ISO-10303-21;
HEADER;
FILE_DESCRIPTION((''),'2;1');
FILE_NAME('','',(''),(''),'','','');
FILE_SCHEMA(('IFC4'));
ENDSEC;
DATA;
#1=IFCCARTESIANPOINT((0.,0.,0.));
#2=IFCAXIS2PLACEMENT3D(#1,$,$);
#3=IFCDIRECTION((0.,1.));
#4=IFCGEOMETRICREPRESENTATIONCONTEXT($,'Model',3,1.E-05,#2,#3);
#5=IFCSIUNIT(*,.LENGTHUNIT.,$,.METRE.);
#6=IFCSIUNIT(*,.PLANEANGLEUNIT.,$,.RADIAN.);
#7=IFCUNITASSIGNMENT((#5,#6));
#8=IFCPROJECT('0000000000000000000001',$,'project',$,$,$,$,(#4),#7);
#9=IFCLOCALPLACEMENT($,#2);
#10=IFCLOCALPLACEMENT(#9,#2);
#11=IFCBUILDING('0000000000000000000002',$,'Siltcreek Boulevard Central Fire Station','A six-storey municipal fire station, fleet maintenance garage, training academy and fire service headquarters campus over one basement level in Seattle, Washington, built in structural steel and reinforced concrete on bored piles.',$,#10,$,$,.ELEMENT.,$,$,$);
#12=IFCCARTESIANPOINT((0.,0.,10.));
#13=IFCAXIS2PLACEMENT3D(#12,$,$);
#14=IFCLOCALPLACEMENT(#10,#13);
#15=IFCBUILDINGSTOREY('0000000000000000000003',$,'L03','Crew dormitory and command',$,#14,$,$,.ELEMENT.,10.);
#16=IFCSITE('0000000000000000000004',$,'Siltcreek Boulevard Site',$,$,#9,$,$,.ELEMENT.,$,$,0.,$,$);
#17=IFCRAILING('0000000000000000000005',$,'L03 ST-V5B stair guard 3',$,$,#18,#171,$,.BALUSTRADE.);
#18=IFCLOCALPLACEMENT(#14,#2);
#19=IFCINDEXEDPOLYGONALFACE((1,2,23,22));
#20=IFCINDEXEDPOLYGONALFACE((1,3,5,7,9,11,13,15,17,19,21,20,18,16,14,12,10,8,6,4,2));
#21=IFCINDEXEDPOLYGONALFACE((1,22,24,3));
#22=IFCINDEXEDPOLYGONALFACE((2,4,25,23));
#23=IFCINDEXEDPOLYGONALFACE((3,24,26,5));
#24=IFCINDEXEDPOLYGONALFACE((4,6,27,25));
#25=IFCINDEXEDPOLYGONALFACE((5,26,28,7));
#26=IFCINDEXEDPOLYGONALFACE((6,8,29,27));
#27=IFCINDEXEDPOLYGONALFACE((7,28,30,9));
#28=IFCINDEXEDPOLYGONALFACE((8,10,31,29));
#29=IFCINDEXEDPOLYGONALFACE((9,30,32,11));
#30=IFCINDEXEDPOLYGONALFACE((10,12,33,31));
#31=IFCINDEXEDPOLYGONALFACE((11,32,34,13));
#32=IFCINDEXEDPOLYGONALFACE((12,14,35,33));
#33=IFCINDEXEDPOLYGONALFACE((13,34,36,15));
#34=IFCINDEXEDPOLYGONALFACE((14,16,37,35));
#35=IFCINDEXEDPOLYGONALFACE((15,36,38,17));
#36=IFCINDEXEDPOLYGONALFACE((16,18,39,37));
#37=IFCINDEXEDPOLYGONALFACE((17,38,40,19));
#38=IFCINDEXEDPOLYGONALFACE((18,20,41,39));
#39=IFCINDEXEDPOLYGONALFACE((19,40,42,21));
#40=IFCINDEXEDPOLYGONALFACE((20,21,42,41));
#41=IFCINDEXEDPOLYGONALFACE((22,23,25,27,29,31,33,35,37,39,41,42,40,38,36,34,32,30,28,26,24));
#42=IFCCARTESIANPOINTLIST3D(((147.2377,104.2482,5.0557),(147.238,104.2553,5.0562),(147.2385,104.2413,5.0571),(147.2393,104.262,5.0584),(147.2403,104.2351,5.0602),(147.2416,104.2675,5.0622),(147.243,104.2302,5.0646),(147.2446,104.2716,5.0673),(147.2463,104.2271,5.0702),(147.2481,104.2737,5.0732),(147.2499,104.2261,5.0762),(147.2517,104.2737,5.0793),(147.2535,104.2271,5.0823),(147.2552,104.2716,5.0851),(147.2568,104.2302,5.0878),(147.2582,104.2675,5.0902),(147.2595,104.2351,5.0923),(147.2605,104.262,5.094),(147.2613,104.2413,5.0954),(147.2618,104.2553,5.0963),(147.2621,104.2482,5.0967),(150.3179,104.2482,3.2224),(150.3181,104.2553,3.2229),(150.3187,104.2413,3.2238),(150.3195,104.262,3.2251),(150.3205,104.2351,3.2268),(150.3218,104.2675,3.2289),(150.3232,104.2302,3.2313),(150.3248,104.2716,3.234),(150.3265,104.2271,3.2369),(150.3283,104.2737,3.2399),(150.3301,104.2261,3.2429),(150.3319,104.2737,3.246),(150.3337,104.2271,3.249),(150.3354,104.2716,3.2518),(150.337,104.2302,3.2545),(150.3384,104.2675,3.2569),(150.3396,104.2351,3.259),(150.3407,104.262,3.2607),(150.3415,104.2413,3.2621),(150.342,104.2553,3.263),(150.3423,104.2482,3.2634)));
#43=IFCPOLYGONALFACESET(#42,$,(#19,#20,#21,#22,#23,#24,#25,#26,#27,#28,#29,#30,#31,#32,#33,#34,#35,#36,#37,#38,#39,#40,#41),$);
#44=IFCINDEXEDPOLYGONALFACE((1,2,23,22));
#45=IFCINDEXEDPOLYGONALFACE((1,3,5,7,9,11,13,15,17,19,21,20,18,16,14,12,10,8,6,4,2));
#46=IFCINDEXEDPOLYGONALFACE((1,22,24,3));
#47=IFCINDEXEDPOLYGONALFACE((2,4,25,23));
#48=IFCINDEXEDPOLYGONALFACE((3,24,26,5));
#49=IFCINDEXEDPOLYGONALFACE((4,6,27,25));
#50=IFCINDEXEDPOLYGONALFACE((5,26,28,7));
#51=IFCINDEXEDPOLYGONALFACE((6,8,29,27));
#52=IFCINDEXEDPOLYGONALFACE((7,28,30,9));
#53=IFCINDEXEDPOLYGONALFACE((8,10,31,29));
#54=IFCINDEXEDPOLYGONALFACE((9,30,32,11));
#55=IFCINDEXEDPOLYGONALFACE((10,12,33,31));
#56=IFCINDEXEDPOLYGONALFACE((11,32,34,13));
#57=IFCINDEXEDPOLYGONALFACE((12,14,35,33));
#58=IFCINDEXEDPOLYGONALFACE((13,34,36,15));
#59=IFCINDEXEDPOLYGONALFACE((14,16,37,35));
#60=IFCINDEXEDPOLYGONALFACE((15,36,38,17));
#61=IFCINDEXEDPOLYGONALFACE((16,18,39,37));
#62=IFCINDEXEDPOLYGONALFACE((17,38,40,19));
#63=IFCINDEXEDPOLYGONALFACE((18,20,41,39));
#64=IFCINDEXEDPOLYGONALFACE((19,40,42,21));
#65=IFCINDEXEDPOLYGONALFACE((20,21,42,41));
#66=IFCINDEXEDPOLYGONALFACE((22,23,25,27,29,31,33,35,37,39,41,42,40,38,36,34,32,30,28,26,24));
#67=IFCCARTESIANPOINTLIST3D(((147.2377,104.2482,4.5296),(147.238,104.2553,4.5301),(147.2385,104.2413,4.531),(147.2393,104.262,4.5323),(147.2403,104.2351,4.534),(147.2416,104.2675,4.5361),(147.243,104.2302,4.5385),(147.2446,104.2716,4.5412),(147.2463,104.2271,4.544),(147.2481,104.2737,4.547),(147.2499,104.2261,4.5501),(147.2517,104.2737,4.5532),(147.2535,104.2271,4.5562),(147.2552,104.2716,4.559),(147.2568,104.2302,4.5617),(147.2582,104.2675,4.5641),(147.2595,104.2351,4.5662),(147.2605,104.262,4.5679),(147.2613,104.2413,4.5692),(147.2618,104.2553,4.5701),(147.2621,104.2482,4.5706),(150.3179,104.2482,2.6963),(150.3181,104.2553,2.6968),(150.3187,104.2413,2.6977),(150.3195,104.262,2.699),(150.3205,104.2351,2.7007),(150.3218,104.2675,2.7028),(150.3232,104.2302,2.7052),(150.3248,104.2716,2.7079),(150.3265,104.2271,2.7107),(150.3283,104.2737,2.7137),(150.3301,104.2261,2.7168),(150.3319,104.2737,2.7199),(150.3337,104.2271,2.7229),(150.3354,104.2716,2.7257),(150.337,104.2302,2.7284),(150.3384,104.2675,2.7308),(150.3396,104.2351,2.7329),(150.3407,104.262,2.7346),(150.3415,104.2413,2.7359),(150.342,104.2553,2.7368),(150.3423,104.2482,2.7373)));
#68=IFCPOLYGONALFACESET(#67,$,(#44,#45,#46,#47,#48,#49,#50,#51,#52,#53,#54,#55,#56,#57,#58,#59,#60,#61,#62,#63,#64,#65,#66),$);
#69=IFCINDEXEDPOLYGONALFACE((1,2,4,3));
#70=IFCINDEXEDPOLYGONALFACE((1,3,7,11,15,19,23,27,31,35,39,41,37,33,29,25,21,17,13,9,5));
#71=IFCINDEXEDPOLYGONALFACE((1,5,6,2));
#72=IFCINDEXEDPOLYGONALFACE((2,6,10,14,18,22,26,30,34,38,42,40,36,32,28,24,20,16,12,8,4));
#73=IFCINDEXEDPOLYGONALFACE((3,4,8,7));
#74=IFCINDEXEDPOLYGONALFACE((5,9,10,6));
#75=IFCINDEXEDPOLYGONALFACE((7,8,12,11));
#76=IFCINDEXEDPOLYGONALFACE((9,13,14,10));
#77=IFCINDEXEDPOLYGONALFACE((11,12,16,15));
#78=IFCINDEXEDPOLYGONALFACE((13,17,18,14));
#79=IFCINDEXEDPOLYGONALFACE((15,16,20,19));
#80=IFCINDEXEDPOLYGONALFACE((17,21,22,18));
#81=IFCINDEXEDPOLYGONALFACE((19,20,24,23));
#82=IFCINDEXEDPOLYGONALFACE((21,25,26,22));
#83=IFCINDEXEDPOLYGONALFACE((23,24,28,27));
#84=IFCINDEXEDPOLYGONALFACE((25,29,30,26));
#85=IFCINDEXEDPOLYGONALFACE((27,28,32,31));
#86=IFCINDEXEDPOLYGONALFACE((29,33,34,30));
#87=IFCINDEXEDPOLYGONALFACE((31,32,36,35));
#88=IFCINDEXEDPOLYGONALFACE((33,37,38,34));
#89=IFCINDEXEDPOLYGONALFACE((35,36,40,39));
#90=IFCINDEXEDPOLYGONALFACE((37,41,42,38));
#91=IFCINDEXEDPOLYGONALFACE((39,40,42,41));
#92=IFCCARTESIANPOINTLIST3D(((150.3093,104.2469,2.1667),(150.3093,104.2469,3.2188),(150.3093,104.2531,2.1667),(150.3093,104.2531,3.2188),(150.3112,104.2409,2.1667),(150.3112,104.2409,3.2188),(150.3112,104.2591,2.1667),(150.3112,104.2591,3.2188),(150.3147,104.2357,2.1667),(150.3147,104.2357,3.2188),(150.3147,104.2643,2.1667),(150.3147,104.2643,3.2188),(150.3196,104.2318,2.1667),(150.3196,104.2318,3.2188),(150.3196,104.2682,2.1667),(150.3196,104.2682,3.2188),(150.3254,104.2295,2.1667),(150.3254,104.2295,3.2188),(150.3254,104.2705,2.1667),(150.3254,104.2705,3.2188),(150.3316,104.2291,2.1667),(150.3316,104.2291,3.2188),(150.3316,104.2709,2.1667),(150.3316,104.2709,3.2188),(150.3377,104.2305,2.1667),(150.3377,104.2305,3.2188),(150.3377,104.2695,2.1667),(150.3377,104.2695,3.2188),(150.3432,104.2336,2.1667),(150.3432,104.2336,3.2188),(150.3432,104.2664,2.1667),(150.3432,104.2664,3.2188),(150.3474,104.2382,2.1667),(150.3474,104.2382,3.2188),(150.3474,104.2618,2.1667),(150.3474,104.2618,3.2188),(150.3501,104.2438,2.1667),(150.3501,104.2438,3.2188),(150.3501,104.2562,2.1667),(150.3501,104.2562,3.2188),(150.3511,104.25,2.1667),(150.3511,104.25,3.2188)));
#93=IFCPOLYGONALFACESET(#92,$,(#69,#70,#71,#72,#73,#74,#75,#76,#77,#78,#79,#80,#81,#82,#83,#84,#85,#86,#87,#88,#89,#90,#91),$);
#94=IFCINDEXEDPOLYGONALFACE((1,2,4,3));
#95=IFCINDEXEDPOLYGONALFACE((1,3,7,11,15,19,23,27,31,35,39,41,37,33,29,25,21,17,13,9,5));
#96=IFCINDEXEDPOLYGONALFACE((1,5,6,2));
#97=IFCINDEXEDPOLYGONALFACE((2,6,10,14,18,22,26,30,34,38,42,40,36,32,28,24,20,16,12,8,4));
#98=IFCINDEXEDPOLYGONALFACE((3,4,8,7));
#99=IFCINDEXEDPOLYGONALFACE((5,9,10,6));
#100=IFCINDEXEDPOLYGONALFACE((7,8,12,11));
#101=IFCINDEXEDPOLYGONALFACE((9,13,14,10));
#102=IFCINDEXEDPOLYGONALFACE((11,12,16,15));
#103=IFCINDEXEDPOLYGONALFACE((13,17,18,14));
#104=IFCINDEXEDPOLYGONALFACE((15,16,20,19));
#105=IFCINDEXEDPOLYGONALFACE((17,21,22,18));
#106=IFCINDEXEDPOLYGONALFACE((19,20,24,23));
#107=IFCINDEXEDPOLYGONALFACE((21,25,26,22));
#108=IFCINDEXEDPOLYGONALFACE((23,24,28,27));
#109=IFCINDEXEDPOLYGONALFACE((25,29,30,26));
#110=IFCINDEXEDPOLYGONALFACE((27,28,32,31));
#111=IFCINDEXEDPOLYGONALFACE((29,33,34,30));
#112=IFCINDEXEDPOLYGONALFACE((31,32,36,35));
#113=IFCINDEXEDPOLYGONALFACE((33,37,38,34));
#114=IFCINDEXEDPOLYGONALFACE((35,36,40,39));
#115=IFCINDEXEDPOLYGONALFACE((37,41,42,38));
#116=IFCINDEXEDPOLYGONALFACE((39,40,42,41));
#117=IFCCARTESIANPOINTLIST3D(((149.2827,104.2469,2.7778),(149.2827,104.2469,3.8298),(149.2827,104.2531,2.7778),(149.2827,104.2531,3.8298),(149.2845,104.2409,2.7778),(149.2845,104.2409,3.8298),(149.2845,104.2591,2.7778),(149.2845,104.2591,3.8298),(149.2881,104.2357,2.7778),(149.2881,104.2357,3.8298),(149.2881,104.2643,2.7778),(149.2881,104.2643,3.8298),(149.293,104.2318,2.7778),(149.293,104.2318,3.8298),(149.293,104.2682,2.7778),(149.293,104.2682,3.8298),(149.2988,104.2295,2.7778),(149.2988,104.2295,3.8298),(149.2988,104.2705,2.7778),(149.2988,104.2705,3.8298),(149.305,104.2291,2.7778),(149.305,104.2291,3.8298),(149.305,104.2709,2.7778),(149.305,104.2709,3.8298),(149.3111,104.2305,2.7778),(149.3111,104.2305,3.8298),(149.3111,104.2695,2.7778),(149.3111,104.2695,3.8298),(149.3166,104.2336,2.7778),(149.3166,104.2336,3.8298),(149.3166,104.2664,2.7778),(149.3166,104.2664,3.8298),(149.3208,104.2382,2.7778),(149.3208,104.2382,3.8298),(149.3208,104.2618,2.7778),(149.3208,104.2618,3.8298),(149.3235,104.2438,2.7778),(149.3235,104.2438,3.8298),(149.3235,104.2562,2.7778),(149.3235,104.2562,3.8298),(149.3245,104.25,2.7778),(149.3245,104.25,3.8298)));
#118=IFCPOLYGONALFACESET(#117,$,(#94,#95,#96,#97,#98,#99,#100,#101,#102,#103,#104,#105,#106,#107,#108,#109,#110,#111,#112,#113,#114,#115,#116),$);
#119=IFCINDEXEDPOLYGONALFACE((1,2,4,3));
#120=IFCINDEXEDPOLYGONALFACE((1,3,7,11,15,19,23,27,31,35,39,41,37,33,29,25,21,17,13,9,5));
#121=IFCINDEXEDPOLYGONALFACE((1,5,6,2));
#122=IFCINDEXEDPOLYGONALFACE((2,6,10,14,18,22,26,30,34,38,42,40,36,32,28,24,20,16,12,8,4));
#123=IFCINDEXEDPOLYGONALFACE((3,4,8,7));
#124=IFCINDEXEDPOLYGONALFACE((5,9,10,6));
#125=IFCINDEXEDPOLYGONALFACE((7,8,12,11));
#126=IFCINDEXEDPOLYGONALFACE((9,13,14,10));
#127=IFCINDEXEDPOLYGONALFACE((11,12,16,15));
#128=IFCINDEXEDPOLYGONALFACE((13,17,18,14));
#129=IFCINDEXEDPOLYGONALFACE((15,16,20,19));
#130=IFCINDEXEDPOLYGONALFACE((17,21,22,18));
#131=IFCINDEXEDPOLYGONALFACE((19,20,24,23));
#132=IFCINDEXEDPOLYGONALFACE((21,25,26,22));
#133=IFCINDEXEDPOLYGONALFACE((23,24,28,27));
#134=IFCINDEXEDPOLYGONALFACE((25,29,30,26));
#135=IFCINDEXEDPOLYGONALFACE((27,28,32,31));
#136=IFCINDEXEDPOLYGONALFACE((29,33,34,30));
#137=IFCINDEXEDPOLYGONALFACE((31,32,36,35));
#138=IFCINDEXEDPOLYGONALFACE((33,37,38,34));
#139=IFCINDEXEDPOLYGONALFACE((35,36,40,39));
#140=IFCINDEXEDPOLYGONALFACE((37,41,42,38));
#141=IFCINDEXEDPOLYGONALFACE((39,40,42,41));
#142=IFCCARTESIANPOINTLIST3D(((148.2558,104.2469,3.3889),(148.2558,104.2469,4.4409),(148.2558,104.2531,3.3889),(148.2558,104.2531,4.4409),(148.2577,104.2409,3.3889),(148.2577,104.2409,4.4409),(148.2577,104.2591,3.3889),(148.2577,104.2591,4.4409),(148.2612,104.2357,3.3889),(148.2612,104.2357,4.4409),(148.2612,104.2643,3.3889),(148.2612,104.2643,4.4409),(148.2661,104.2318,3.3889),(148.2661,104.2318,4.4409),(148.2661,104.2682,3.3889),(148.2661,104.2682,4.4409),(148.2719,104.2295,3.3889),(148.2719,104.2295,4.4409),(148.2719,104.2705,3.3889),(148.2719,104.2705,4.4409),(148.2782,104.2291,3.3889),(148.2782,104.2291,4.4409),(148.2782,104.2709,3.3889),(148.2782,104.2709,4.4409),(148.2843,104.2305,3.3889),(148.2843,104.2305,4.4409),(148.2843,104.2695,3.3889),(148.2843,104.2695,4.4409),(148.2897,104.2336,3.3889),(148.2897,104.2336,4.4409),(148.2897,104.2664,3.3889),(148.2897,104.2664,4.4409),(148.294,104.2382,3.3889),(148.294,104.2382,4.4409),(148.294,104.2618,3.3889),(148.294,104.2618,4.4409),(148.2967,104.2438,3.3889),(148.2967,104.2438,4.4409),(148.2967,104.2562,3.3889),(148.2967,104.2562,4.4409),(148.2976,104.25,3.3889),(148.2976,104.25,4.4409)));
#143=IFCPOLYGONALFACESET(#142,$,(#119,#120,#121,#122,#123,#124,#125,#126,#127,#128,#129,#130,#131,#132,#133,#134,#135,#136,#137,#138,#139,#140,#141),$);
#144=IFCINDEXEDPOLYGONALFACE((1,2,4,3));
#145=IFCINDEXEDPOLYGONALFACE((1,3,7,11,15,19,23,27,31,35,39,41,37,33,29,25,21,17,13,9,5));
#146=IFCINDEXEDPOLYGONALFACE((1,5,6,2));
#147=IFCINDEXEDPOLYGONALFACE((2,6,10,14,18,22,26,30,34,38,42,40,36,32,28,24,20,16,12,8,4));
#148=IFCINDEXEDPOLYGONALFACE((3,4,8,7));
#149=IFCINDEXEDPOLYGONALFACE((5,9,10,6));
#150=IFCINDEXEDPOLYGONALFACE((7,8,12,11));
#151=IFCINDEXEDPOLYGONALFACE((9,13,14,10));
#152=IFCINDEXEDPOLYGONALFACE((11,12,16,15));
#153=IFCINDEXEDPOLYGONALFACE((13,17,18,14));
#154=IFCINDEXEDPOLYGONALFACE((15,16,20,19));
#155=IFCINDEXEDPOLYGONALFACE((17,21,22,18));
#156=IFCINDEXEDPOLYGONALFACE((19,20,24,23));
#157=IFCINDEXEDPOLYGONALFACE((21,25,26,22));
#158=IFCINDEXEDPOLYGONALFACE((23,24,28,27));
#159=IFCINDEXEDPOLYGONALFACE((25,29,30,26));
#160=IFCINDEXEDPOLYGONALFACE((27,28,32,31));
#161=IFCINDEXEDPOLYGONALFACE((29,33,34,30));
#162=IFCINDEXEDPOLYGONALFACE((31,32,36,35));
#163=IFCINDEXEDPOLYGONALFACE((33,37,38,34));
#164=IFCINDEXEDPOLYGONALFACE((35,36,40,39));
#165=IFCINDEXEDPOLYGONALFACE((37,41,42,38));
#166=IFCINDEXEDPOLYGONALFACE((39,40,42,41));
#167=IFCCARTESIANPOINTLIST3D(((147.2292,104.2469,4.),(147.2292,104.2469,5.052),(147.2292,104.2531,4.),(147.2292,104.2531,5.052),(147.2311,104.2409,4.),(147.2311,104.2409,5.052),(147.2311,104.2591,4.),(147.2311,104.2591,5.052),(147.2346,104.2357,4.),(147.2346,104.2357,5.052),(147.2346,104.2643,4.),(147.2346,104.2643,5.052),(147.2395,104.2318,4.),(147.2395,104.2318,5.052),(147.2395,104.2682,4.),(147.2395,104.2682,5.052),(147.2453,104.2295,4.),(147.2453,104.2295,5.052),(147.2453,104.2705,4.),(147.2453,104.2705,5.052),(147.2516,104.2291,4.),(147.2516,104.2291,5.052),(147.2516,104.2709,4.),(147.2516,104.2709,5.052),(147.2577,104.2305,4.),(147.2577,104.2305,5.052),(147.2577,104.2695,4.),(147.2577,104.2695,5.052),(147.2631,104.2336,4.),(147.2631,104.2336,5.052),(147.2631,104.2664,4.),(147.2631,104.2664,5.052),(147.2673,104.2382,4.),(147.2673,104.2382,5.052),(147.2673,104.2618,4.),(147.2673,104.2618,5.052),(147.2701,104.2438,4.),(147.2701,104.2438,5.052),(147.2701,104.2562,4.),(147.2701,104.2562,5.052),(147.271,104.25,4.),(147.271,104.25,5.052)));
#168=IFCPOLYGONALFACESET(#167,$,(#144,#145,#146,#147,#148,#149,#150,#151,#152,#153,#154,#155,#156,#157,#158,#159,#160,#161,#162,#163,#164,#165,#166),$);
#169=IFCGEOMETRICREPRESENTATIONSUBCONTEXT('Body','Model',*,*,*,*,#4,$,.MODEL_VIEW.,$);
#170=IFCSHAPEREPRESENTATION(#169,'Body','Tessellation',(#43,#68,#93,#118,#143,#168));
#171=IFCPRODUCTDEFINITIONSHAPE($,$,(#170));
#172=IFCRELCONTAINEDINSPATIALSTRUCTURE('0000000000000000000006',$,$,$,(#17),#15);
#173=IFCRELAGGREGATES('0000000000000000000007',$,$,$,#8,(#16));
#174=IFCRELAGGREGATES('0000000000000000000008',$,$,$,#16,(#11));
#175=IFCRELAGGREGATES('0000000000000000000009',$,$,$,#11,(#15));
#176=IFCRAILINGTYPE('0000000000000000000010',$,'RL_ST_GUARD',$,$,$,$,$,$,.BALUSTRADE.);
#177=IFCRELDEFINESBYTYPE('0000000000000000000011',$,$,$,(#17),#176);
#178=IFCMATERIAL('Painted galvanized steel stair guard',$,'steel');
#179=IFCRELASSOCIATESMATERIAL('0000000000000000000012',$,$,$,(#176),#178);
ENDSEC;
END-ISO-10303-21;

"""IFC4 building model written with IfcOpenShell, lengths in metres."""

from ifc_helpers import new_model, si_unit, direction, frame, origin, origin_2d, place, context, subcontext, project, spatial, circle, extrude, material, type_object, element, save


model = new_model("IFC4")

# Units and contexts
model_context = context("Model", 3, precision=1e-05, world=origin(), true_north=direction((0.0, 1.0)))
body_context = subcontext(model_context, "Body", "Model", "MODEL_VIEW")
ifc_project = project(units=[si_unit("LENGTHUNIT", "METRE"), si_unit("PLANEANGLEUNIT", "RADIAN")], contexts=[model_context])

# Site, building, storey
site_placement = place(None, origin())
site = spatial("IfcSite", under=ifc_project, at=site_placement, Name="Siltcreek Boulevard Site", CompositionType="ELEMENT", RefElevation=0.0)
building_placement = place(site_placement, origin())
building = spatial("IfcBuilding", under=site, at=building_placement, Name="Siltcreek Boulevard Central Fire Station", Description="A six-storey municipal fire station, fleet maintenance garage, training academy and fire service headquarters campus over one basement level in Seattle, Washington, built in structural steel and reinforced concrete on bored piles.", CompositionType="ELEMENT")
storey_placement = place(building_placement, frame((0.0, 0.0, 10.0)))
storey = spatial("IfcBuildingStorey", under=building, at=storey_placement, Name="L03", Description="Crew dormitory and command", CompositionType="ELEMENT", Elevation=10.0)

# Railing
ifc_material_1 = material(Name="Painted galvanized steel stair guard", Category="steel")
railing_type_1 = type_object("IfcRailingType", Name="RL_ST_GUARD", PredefinedType="BALUSTRADE", material=ifc_material_1)
railing_1_placement = place(storey_placement, frame((150.3301, 104.25, 2.1667)))
element("IfcRailing", 1, at=railing_1_placement, inside=storey, type_object=railing_type_1, Name="L03 ST-V5B stair guard 3", PredefinedType="BALUSTRADE", context=body_context, shape_type="SweptSolid", body=[
    extrude(circle(Radius=0.0239, at=origin_2d()), frame((0.0, 0.0, 1.0762), z_axis=(-0.859309, 0.0, 0.511458), x_axis=(0.0, -1.0, 0.0)), (0.0, 0.0, 1.0), 3.5845),
    extrude(circle(Radius=0.0239, at=origin_2d()), frame((0.0, 0.0, 0.55), z_axis=(-0.859309, 0.0, 0.511458), x_axis=(0.0, -1.0, 0.0)), (0.0, 0.0, 1.0), 3.5845),
    extrude(circle(Radius=0.021, at=origin_2d()), origin(), (0.0, 0.0, 1.0), 1.052),
    extrude(circle(Radius=0.021, at=origin_2d()), frame((-1.0266, 0.0, 0.6111)), (0.0, 0.0, 1.0), 1.052),
    extrude(circle(Radius=0.021, at=origin_2d()), frame((-2.0535, 0.0, 1.2222)), (0.0, 0.0, 1.0), 1.052),
    extrude(circle(Radius=0.021, at=origin_2d()), frame((-3.0801, 0.0, 1.8333)), (0.0, 0.0, 1.0), 1.052),
])

save(model, "model.ifc")
